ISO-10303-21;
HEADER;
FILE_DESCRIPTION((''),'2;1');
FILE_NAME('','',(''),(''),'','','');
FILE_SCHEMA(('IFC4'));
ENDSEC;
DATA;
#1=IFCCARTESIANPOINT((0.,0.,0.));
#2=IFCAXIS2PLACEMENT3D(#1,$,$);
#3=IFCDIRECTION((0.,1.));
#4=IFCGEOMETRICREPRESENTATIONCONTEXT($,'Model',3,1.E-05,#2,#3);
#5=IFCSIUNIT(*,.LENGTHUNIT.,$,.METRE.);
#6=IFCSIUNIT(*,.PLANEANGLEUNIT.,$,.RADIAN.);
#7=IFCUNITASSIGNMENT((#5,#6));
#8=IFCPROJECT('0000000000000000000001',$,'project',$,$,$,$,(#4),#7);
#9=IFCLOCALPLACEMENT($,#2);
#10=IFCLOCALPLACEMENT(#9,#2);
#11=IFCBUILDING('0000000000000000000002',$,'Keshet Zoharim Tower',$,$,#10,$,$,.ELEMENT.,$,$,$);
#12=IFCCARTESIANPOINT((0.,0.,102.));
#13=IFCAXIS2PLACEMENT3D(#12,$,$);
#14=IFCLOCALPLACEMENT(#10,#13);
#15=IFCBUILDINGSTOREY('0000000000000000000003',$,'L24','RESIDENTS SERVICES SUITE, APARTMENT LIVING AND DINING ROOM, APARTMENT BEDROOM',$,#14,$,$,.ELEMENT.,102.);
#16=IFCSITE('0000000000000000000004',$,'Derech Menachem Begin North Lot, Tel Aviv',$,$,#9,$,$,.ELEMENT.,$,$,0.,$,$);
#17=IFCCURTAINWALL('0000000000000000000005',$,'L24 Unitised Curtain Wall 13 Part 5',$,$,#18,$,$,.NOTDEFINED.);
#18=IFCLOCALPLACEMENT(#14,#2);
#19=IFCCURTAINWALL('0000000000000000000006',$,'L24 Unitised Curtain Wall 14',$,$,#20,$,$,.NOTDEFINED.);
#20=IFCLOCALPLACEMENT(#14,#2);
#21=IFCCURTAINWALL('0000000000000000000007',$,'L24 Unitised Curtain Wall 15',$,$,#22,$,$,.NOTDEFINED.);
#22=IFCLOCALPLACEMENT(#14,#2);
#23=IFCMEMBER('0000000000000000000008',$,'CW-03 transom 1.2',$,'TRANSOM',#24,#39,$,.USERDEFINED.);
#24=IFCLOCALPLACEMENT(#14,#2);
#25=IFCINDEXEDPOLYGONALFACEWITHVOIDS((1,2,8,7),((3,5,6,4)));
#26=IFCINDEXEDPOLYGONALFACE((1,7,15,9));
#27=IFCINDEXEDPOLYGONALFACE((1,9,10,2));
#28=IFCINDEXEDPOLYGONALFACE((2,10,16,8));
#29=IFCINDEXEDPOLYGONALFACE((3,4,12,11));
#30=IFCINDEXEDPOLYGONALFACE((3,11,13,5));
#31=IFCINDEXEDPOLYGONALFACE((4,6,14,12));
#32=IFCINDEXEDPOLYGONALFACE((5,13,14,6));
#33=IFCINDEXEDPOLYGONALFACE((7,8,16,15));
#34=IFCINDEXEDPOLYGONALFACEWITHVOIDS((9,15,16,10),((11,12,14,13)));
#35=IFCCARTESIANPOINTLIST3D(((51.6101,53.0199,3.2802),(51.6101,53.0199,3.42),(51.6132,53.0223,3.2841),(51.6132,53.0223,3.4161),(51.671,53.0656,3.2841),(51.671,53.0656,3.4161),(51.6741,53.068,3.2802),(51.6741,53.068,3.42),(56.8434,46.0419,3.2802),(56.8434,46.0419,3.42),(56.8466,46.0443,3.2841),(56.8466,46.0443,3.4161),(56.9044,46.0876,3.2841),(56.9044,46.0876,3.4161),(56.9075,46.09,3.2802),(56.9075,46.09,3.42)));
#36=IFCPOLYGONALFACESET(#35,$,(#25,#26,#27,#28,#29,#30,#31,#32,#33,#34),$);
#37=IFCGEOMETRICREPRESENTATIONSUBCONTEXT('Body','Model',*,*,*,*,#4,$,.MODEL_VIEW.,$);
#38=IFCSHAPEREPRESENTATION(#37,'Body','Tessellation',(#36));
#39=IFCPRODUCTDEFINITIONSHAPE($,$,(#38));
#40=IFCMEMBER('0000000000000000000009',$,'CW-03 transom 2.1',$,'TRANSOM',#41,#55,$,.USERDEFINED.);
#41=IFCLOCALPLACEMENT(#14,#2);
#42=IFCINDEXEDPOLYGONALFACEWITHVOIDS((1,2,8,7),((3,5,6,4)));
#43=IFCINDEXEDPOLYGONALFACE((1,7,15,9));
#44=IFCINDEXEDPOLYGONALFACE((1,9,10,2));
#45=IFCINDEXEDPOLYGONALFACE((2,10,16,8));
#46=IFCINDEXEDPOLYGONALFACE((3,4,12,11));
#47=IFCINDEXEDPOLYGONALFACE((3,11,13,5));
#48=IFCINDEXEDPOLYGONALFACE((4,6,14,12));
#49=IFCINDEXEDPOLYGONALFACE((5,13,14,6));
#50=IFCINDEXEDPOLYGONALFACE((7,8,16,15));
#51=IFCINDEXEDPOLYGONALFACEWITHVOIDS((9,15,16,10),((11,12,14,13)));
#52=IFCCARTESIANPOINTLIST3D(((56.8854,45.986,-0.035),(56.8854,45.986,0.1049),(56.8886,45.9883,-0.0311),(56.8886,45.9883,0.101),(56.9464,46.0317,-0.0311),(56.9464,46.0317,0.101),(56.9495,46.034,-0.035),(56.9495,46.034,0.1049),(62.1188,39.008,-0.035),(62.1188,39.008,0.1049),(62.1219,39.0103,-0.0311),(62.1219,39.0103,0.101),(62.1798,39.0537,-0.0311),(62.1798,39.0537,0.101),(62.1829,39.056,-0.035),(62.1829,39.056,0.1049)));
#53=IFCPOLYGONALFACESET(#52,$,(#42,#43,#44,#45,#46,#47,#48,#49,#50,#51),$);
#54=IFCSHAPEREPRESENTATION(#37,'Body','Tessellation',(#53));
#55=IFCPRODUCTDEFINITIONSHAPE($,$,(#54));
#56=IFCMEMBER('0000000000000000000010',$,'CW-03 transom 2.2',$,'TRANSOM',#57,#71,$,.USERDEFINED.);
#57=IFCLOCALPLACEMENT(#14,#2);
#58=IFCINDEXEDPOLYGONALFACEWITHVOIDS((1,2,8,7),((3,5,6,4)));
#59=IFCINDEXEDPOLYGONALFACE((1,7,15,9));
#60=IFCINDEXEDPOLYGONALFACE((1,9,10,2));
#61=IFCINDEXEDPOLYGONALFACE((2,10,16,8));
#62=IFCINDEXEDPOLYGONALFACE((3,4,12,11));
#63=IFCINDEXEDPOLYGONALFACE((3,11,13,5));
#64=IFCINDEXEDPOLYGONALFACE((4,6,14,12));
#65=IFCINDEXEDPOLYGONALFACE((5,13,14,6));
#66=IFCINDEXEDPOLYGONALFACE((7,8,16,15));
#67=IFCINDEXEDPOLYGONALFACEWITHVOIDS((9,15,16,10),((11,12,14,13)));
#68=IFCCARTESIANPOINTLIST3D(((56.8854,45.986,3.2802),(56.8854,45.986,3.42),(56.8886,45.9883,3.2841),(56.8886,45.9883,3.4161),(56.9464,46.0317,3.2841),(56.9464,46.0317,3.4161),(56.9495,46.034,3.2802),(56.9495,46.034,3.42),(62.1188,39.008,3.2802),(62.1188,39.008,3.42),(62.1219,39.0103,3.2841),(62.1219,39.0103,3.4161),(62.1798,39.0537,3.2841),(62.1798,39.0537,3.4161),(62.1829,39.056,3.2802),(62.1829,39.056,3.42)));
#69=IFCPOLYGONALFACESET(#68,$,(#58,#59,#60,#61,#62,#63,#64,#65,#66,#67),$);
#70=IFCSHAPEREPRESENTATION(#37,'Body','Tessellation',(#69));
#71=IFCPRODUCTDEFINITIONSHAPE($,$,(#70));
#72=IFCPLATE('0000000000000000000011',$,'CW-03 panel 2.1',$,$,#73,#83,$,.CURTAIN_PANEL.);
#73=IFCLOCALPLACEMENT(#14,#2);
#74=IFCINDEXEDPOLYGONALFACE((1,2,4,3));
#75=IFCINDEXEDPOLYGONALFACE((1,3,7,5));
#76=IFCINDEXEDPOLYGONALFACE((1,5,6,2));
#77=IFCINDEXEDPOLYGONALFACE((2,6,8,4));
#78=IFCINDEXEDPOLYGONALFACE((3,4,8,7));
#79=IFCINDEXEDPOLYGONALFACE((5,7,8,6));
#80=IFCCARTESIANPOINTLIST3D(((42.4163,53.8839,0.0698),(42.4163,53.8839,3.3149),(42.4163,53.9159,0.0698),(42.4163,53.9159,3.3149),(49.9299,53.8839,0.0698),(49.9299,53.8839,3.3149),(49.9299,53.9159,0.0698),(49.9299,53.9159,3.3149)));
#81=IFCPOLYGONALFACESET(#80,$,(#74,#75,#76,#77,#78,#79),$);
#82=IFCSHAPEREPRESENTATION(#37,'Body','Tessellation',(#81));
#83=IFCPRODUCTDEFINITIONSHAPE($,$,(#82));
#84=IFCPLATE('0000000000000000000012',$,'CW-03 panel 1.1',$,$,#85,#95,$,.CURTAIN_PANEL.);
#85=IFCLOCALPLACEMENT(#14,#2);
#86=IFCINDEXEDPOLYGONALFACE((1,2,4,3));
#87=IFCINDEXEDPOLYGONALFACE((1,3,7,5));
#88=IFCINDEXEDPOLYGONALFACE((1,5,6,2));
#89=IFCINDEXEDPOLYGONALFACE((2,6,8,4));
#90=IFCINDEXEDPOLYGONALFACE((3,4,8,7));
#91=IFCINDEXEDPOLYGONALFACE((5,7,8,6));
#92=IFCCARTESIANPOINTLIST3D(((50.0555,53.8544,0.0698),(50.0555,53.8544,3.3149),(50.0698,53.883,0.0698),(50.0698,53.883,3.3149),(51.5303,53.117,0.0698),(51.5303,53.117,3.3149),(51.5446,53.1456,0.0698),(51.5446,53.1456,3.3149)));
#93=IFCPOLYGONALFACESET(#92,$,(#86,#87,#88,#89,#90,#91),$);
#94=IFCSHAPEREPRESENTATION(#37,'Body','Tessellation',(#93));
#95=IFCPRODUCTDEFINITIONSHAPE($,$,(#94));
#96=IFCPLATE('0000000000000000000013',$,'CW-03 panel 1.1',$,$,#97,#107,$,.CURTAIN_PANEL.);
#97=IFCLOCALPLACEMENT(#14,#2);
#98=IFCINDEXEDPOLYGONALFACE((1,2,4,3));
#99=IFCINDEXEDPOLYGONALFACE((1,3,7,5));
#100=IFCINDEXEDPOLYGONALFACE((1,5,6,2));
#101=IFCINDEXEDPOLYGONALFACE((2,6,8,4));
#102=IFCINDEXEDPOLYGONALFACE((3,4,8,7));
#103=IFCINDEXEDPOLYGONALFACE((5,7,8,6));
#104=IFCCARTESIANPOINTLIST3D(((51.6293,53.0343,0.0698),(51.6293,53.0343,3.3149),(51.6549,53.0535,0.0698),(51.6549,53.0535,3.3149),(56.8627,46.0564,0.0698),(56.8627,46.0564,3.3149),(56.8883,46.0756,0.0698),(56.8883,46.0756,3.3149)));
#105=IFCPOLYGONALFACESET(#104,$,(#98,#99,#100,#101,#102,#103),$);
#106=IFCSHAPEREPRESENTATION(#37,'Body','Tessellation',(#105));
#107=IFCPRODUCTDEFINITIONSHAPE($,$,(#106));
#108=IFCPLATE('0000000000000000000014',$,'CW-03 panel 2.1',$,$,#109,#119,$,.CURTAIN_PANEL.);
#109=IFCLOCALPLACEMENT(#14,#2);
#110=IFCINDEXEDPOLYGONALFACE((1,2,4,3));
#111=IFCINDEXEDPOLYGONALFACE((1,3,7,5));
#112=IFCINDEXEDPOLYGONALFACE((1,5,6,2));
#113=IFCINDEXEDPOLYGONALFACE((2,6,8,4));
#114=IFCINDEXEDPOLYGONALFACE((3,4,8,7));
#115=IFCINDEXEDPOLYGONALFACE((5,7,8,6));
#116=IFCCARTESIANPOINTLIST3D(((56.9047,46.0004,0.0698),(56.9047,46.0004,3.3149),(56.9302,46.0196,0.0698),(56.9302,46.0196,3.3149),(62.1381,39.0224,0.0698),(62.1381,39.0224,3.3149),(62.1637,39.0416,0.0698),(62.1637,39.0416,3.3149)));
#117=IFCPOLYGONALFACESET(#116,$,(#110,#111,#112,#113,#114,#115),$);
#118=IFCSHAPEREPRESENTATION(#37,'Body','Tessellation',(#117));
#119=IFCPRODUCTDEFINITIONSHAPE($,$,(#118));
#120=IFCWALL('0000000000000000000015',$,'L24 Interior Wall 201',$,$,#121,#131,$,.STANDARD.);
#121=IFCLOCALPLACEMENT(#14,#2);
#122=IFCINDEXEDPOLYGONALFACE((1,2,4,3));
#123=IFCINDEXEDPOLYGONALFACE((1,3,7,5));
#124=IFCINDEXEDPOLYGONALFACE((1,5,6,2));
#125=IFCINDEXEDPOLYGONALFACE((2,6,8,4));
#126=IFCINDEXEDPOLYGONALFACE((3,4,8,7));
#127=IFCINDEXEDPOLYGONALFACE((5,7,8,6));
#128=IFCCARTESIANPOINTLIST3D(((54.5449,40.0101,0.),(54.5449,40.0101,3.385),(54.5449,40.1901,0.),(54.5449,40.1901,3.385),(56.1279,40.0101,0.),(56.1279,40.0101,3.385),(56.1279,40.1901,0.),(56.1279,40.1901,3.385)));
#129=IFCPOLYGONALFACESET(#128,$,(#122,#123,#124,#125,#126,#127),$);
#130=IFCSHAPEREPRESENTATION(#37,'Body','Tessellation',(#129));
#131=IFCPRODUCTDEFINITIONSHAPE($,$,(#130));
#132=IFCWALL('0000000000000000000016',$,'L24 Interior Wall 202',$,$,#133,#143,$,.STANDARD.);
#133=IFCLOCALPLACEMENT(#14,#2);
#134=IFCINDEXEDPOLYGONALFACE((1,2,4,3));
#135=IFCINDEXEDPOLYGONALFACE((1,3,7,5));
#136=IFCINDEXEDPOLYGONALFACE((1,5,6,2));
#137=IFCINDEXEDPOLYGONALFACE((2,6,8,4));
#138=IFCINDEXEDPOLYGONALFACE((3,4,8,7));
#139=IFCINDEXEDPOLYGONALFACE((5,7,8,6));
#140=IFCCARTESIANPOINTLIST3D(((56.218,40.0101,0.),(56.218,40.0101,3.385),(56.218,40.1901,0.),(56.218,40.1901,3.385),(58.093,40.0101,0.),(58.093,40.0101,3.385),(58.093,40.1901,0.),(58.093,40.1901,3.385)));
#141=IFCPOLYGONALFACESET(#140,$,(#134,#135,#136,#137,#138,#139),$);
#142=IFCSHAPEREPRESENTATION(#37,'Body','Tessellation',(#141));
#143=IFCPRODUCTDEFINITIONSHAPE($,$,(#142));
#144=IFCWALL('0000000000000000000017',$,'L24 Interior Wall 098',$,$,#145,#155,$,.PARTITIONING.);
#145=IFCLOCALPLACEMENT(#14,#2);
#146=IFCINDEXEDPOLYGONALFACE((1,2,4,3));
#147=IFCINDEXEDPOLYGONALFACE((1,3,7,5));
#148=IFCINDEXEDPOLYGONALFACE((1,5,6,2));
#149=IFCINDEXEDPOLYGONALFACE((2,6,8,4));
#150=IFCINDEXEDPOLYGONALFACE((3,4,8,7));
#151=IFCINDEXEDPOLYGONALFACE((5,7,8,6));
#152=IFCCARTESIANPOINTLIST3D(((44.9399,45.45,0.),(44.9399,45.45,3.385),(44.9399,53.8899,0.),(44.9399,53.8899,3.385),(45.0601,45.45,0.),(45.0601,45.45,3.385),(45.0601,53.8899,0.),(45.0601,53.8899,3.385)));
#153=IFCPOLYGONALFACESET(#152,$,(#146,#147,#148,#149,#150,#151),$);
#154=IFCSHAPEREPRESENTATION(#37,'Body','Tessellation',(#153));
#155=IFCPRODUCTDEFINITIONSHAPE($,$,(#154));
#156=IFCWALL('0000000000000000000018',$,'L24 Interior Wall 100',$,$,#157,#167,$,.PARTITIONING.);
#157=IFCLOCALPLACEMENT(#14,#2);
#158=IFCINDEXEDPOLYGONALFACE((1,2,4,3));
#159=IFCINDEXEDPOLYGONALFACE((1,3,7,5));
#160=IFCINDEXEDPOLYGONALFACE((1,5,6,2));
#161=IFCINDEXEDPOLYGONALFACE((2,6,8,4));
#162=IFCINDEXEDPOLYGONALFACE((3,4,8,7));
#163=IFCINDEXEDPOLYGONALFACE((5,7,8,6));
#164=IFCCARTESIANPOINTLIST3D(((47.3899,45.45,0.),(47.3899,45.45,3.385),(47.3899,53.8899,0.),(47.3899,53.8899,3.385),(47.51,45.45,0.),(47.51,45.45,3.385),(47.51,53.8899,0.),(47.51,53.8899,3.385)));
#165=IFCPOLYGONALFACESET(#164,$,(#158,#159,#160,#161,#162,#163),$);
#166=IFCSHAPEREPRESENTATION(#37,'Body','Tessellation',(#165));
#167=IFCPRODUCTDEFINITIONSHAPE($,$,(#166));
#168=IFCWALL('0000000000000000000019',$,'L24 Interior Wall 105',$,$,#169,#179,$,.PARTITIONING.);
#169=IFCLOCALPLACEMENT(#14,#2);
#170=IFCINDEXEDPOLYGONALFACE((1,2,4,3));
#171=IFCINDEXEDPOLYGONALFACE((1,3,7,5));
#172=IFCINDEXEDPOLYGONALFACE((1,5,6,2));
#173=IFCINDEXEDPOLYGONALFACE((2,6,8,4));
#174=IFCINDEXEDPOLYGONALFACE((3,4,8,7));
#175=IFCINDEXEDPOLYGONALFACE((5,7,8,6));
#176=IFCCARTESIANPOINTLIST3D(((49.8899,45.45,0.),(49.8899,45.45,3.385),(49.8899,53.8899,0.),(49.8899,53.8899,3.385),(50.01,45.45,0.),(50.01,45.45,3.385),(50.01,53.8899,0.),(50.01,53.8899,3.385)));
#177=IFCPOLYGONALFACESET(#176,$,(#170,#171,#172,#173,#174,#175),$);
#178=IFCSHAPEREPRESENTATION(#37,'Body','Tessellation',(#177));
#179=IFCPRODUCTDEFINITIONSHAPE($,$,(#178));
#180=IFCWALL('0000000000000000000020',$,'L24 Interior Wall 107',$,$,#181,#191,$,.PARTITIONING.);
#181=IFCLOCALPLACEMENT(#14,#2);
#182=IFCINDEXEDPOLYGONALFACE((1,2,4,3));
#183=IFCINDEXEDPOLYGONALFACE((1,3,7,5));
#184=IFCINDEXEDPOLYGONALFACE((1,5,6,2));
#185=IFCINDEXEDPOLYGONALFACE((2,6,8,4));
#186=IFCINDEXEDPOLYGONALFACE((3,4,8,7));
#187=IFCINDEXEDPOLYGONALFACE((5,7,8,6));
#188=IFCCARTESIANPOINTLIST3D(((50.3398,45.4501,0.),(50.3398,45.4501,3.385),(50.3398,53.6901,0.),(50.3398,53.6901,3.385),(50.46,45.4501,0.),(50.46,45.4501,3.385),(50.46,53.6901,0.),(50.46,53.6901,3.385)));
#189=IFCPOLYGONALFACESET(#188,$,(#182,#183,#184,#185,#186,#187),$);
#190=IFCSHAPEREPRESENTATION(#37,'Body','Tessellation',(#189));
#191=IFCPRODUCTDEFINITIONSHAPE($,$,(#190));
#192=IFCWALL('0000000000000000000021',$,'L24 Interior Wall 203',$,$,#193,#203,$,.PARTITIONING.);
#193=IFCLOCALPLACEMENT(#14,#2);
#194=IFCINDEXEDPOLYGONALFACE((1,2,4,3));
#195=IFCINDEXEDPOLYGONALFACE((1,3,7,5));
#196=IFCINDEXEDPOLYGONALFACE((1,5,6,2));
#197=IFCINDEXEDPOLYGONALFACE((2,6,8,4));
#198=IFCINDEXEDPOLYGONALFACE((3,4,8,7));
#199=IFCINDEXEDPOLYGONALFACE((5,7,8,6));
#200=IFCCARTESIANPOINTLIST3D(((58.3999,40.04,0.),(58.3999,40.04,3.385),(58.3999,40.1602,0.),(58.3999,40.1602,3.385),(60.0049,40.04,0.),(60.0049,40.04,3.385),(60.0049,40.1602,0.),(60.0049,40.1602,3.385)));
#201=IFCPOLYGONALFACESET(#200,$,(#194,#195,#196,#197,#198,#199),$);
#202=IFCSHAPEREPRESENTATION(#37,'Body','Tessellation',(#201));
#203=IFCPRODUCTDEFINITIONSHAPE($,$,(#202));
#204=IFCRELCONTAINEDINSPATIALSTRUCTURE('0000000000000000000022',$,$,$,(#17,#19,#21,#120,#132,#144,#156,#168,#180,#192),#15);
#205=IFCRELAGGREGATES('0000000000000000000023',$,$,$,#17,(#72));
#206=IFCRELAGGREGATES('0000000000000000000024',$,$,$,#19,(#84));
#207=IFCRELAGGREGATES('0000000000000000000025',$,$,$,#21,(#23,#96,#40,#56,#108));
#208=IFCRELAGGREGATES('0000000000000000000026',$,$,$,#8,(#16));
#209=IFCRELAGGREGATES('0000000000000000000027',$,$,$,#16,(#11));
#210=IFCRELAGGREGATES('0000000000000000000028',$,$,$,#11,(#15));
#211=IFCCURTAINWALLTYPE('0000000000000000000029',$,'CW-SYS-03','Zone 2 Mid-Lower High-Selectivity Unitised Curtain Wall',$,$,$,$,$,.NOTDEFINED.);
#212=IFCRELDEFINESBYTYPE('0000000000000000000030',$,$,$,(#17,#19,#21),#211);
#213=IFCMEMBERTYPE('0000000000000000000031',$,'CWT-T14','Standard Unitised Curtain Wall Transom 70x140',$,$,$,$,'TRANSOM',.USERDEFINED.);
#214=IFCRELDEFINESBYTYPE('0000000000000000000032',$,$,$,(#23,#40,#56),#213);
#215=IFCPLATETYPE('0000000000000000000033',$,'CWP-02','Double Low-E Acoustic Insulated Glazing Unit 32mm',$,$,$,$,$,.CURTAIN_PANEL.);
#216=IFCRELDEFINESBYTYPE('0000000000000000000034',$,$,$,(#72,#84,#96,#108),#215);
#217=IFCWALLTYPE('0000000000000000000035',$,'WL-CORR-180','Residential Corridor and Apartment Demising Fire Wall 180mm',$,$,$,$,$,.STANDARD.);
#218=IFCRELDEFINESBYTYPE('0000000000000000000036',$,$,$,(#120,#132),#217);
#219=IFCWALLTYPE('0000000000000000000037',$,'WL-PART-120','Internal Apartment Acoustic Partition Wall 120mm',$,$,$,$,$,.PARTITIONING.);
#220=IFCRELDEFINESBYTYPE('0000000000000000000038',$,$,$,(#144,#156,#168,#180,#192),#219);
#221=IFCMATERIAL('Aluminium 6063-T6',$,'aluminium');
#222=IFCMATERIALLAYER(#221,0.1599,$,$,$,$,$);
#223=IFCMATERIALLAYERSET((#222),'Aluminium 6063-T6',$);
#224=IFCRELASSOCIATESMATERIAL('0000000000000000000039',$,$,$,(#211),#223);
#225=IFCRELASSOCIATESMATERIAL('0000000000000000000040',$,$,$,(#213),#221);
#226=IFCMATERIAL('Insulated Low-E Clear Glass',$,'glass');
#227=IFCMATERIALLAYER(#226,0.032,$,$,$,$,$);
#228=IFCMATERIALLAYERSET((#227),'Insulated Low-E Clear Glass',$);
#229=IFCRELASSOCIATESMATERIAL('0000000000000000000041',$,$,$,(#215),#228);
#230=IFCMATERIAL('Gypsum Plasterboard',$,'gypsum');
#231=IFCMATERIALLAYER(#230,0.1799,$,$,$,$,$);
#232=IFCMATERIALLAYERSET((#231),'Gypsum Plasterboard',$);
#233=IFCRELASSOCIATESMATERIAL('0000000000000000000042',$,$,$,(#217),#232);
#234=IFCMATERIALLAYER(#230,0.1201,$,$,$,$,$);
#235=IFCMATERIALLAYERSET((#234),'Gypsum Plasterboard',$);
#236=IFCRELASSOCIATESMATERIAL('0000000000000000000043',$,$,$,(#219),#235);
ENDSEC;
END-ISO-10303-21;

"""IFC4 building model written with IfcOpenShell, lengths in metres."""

from ifc_helpers import new_model, si_unit, direction, frame, frame_2d, origin, origin_2d, place, context, subcontext, project, spatial, rectangle, hollow_rectangle, extrude, material, layer, layer_set, material_profile, profile_set, type_object, element, aggregate, save


model = new_model("IFC4")

# Units and contexts
model_context = context("Model", 3, precision=1e-05, world=origin(), true_north=direction((0.0, 1.0)))
body_context = subcontext(model_context, "Body", "Model", "MODEL_VIEW")
ifc_project = project(units=[si_unit("LENGTHUNIT", "METRE"), si_unit("PLANEANGLEUNIT", "RADIAN")], contexts=[model_context])

# Site, building, storey
site_placement = place(None, origin())
site = spatial("IfcSite", under=ifc_project, at=site_placement, Name="Derech Menachem Begin North Lot, Tel Aviv", CompositionType="ELEMENT", RefElevation=0.0)
building_placement = place(site_placement, origin())
building = spatial("IfcBuilding", under=site, at=building_placement, Name="Keshet Zoharim Tower", CompositionType="ELEMENT")
storey_placement = place(building_placement, frame((0.0, 0.0, 102.0)))
storey = spatial("IfcBuildingStorey", under=building, at=storey_placement, Name="L24", Description="RESIDENTS SERVICES SUITE, APARTMENT LIVING AND DINING ROOM, APARTMENT BEDROOM", CompositionType="ELEMENT", Elevation=102.0)

# Curtain wall
ifc_material_1 = material(Name="Aluminium 6063-T6", Category="aluminium")
ifc_layer_1 = layer(ifc_material_1, 0.1599)
ifc_layer_set_1 = layer_set([ifc_layer_1], Name="Aluminium 6063-T6")
curtain_wall_type = type_object("IfcCurtainWallType", Name="CW-SYS-03", Description="Zone 2 Mid-Lower High-Selectivity Unitised Curtain Wall", PredefinedType="NOTDEFINED", material=ifc_layer_set_1)
curtain_wall_1_placement = place(storey_placement, origin())
curtain_wall_1 = element("IfcCurtainWall", 1, at=curtain_wall_1_placement, inside=storey, type_object=curtain_wall_type, Name="L24 Unitised Curtain Wall 13 Part 5", PredefinedType="NOTDEFINED")

# Curtain walls
curtain_wall_2_placement = place(storey_placement, origin())
curtain_wall_2 = element("IfcCurtainWall", 2, at=curtain_wall_2_placement, inside=storey, type_object=curtain_wall_type, Name="L24 Unitised Curtain Wall 14", PredefinedType="NOTDEFINED")
curtain_wall_3_placement = place(storey_placement, origin())
curtain_wall_3 = element("IfcCurtainWall", 3, at=curtain_wall_3_placement, inside=storey, type_object=curtain_wall_type, Name="L24 Unitised Curtain Wall 15", PredefinedType="NOTDEFINED")

# Members
ifc_material_profile_1 = material_profile(ifc_material_1, hollow_rectangle(XDim=0.0801, YDim=0.1399, WallThickness=0.0039, at=origin_2d()), Name="TRN-80x140")
ifc_profile_set_1 = profile_set([ifc_material_profile_1], Name="Aluminium 6063-T6")
member_type_1 = type_object("IfcMemberType", Name="CWT-T14", Description="Standard Unitised Curtain Wall Transom 70x140", ElementType="TRANSOM", PredefinedType="USERDEFINED", material=ifc_profile_set_1)
member_1_placement = place(storey_placement, frame((51.6421, 53.0439, 3.3501), z_axis=(0.599991, -0.800007, 0.0), x_axis=(0.800007, 0.599991, 0.0)))
member_1 = element("IfcMember", 4, at=member_1_placement, type_object=member_type_1, Name="CW-03 transom 1.2", ObjectType="TRANSOM", PredefinedType="USERDEFINED", context=body_context, shape_type="SweptSolid", body=[
    extrude(hollow_rectangle(XDim=0.0801, YDim=0.1399, WallThickness=0.0039, at=origin_2d()), origin(), (0.0, 0.0, 1.0), 8.7224),
])
member_2_placement = place(storey_placement, frame((56.9175, 46.01, 0.0349), z_axis=(0.599991, -0.800007, 0.0), x_axis=(0.800007, 0.599991, 0.0)))
member_2 = element("IfcMember", 5, at=member_2_placement, type_object=member_type_1, Name="CW-03 transom 2.1", ObjectType="TRANSOM", PredefinedType="USERDEFINED", context=body_context, shape_type="SweptSolid", body=[
    extrude(hollow_rectangle(XDim=0.0801, YDim=0.1399, WallThickness=0.0039, at=origin_2d()), origin(), (0.0, 0.0, 1.0), 8.7224),
])
member_3_placement = place(storey_placement, frame((56.9175, 46.01, 3.3501), z_axis=(0.599991, -0.800007, 0.0), x_axis=(0.800007, 0.599991, 0.0)))
member_3 = element("IfcMember", 6, at=member_3_placement, type_object=member_type_1, Name="CW-03 transom 2.2", ObjectType="TRANSOM", PredefinedType="USERDEFINED", context=body_context, shape_type="SweptSolid", body=[
    extrude(hollow_rectangle(XDim=0.0801, YDim=0.1399, WallThickness=0.0039, at=origin_2d()), origin(), (0.0, 0.0, 1.0), 8.7224),
])

# Plates
ifc_material_2 = material(Name="Insulated Low-E Clear Glass", Category="glass")
ifc_layer_2 = layer(ifc_material_2, 0.032)
ifc_layer_set_2 = layer_set([ifc_layer_2], Name="Insulated Low-E Clear Glass")
plate_type = type_object("IfcPlateType", Name="CWP-02", Description="Double Low-E Acoustic Insulated Glazing Unit 32mm", PredefinedType="CURTAIN_PANEL", material=ifc_layer_set_2)
plate_1_placement = place(storey_placement, frame((46.1731, 53.8999, 0.0698), z_axis=(0.0, 0.0, 1.0), x_axis=(1.0, 0.0, 0.0)))
plate_1 = element("IfcPlate", 7, at=plate_1_placement, type_object=plate_type, Name="CW-03 panel 2.1", PredefinedType="CURTAIN_PANEL", context=body_context, shape_type="SweptSolid", body=[
    extrude(rectangle(XDim=7.5137, YDim=0.032, at=origin_2d()), origin(), (0.0, 0.0, 1.0), 3.2451),
])
aggregate(curtain_wall_1, [plate_1])
plate_2_placement = place(storey_placement, frame((50.8, 53.5, 0.0698), z_axis=(0.0, 0.0, 1.0), x_axis=(0.894427, -0.447214, 0.0)))
plate_2 = element("IfcPlate", 8, at=plate_2_placement, type_object=plate_type, Name="CW-03 panel 1.1", PredefinedType="CURTAIN_PANEL", context=body_context, shape_type="SweptSolid", body=[
    extrude(rectangle(XDim=1.6489, YDim=0.032, at=origin_2d()), origin(), (0.0, 0.0, 1.0), 3.2451),
])
aggregate(curtain_wall_2, [plate_2])
plate_3_placement = place(storey_placement, frame((54.2588, 49.5549, 0.0698), z_axis=(0.0, 0.0, 1.0), x_axis=(0.6, -0.8, 0.0)))
plate_3 = element("IfcPlate", 9, at=plate_3_placement, type_object=plate_type, Name="CW-03 panel 1.1", PredefinedType="CURTAIN_PANEL", context=body_context, shape_type="SweptSolid", body=[
    extrude(rectangle(XDim=8.7224, YDim=0.032, at=origin_2d()), origin(), (0.0, 0.0, 1.0), 3.2451),
])
plate_4_placement = place(storey_placement, frame((59.5342, 42.521, 0.0698), z_axis=(0.0, 0.0, 1.0), x_axis=(0.6, -0.8, 0.0)))
plate_4 = element("IfcPlate", 10, at=plate_4_placement, type_object=plate_type, Name="CW-03 panel 2.1", PredefinedType="CURTAIN_PANEL", context=body_context, shape_type="SweptSolid", body=[
    extrude(rectangle(XDim=8.7224, YDim=0.032, at=origin_2d()), origin(), (0.0, 0.0, 1.0), 3.2451),
])
aggregate(curtain_wall_3, [member_1, plate_3, member_2, member_3, plate_4])

# Walls
ifc_material_3 = material(Name="Gypsum Plasterboard", Category="gypsum")
ifc_layer_3 = layer(ifc_material_3, 0.1799)
ifc_layer_set_3 = layer_set([ifc_layer_3], Name="Gypsum Plasterboard")
wall_type_1 = type_object("IfcWallType", Name="WL-CORR-180", Description="Residential Corridor and Apartment Demising Fire Wall 180mm", PredefinedType="STANDARD", material=ifc_layer_set_3)
wall_1_placement = place(storey_placement, frame((54.5449, 40.1001, 0.0), z_axis=(0.0, 0.0, 1.0), x_axis=(1.0, 0.0, 0.0)))
element("IfcWall", 11, at=wall_1_placement, inside=storey, type_object=wall_type_1, Name="L24 Interior Wall 201", PredefinedType="STANDARD", context=body_context, shape_type="SweptSolid", body=[
    extrude(rectangle(XDim=1.583, YDim=0.1799, at=frame_2d((0.7915, 0.0))), origin(), (0.0, 0.0, 1.0), 3.385),
])
wall_2_placement = place(storey_placement, frame((56.218, 40.1001, 0.0), z_axis=(0.0, 0.0, 1.0), x_axis=(1.0, 0.0, 0.0)))
element("IfcWall", 12, at=wall_2_placement, inside=storey, type_object=wall_type_1, Name="L24 Interior Wall 202", PredefinedType="STANDARD", context=body_context, shape_type="SweptSolid", body=[
    extrude(rectangle(XDim=1.875, YDim=0.1799, at=frame_2d((0.9375, 0.0))), origin(), (0.0, 0.0, 1.0), 3.385),
])
ifc_layer_4 = layer(ifc_material_3, 0.1201)
ifc_layer_set_4 = layer_set([ifc_layer_4], Name="Gypsum Plasterboard")
wall_type_2 = type_object("IfcWallType", Name="WL-PART-120", Description="Internal Apartment Acoustic Partition Wall 120mm", PredefinedType="PARTITIONING", material=ifc_layer_set_4)
for number, where, z_axis, x_axis, name in (
    (13, (45.0, 45.45, 0.0), (0.0, 0.0, 1.0), (0.0, 1.0, 0.0), "L24 Interior Wall 098"),
    (14, (47.45, 45.45, 0.0), (0.0, 0.0, 1.0), (0.0, 1.0, 0.0), "L24 Interior Wall 100"),
    (15, (49.95, 45.45, 0.0), (0.0, 0.0, 1.0), (0.0, 1.0, 0.0), "L24 Interior Wall 105"),
):
    element("IfcWall", number, at=place(storey_placement, frame(where, z_axis=z_axis, x_axis=x_axis)), inside=storey, type_object=wall_type_2, Name=name, PredefinedType="PARTITIONING", context=body_context, shape_type="SweptSolid", body=[
        extrude(rectangle(XDim=8.4399, YDim=0.1201, at=frame_2d((4.22, 0.0))), origin(), (0.0, 0.0, 1.0), 3.385),
    ])
wall_3_placement = place(storey_placement, frame((50.3999, 45.45, 0.0), z_axis=(0.0, 0.0, 1.0), x_axis=(0.0, 1.0, 0.0)))
element("IfcWall", 16, at=wall_3_placement, inside=storey, type_object=wall_type_2, Name="L24 Interior Wall 107", PredefinedType="PARTITIONING", context=body_context, shape_type="SweptSolid", body=[
    extrude(rectangle(XDim=8.24, YDim=0.1201, at=frame_2d((4.1201, 0.0))), origin(), (0.0, 0.0, 1.0), 3.385),
])
wall_4_placement = place(storey_placement, frame((58.3999, 40.1001, 0.0), z_axis=(0.0, 0.0, 1.0), x_axis=(1.0, 0.0, 0.0)))
element("IfcWall", 17, at=wall_4_placement, inside=storey, type_object=wall_type_2, Name="L24 Interior Wall 203", PredefinedType="PARTITIONING", context=body_context, shape_type="SweptSolid", body=[
    extrude(rectangle(XDim=1.605, YDim=0.1201, at=frame_2d((0.8025, 0.0))), origin(), (0.0, 0.0, 1.0), 3.385),
])

save(model, "model.ifc")
